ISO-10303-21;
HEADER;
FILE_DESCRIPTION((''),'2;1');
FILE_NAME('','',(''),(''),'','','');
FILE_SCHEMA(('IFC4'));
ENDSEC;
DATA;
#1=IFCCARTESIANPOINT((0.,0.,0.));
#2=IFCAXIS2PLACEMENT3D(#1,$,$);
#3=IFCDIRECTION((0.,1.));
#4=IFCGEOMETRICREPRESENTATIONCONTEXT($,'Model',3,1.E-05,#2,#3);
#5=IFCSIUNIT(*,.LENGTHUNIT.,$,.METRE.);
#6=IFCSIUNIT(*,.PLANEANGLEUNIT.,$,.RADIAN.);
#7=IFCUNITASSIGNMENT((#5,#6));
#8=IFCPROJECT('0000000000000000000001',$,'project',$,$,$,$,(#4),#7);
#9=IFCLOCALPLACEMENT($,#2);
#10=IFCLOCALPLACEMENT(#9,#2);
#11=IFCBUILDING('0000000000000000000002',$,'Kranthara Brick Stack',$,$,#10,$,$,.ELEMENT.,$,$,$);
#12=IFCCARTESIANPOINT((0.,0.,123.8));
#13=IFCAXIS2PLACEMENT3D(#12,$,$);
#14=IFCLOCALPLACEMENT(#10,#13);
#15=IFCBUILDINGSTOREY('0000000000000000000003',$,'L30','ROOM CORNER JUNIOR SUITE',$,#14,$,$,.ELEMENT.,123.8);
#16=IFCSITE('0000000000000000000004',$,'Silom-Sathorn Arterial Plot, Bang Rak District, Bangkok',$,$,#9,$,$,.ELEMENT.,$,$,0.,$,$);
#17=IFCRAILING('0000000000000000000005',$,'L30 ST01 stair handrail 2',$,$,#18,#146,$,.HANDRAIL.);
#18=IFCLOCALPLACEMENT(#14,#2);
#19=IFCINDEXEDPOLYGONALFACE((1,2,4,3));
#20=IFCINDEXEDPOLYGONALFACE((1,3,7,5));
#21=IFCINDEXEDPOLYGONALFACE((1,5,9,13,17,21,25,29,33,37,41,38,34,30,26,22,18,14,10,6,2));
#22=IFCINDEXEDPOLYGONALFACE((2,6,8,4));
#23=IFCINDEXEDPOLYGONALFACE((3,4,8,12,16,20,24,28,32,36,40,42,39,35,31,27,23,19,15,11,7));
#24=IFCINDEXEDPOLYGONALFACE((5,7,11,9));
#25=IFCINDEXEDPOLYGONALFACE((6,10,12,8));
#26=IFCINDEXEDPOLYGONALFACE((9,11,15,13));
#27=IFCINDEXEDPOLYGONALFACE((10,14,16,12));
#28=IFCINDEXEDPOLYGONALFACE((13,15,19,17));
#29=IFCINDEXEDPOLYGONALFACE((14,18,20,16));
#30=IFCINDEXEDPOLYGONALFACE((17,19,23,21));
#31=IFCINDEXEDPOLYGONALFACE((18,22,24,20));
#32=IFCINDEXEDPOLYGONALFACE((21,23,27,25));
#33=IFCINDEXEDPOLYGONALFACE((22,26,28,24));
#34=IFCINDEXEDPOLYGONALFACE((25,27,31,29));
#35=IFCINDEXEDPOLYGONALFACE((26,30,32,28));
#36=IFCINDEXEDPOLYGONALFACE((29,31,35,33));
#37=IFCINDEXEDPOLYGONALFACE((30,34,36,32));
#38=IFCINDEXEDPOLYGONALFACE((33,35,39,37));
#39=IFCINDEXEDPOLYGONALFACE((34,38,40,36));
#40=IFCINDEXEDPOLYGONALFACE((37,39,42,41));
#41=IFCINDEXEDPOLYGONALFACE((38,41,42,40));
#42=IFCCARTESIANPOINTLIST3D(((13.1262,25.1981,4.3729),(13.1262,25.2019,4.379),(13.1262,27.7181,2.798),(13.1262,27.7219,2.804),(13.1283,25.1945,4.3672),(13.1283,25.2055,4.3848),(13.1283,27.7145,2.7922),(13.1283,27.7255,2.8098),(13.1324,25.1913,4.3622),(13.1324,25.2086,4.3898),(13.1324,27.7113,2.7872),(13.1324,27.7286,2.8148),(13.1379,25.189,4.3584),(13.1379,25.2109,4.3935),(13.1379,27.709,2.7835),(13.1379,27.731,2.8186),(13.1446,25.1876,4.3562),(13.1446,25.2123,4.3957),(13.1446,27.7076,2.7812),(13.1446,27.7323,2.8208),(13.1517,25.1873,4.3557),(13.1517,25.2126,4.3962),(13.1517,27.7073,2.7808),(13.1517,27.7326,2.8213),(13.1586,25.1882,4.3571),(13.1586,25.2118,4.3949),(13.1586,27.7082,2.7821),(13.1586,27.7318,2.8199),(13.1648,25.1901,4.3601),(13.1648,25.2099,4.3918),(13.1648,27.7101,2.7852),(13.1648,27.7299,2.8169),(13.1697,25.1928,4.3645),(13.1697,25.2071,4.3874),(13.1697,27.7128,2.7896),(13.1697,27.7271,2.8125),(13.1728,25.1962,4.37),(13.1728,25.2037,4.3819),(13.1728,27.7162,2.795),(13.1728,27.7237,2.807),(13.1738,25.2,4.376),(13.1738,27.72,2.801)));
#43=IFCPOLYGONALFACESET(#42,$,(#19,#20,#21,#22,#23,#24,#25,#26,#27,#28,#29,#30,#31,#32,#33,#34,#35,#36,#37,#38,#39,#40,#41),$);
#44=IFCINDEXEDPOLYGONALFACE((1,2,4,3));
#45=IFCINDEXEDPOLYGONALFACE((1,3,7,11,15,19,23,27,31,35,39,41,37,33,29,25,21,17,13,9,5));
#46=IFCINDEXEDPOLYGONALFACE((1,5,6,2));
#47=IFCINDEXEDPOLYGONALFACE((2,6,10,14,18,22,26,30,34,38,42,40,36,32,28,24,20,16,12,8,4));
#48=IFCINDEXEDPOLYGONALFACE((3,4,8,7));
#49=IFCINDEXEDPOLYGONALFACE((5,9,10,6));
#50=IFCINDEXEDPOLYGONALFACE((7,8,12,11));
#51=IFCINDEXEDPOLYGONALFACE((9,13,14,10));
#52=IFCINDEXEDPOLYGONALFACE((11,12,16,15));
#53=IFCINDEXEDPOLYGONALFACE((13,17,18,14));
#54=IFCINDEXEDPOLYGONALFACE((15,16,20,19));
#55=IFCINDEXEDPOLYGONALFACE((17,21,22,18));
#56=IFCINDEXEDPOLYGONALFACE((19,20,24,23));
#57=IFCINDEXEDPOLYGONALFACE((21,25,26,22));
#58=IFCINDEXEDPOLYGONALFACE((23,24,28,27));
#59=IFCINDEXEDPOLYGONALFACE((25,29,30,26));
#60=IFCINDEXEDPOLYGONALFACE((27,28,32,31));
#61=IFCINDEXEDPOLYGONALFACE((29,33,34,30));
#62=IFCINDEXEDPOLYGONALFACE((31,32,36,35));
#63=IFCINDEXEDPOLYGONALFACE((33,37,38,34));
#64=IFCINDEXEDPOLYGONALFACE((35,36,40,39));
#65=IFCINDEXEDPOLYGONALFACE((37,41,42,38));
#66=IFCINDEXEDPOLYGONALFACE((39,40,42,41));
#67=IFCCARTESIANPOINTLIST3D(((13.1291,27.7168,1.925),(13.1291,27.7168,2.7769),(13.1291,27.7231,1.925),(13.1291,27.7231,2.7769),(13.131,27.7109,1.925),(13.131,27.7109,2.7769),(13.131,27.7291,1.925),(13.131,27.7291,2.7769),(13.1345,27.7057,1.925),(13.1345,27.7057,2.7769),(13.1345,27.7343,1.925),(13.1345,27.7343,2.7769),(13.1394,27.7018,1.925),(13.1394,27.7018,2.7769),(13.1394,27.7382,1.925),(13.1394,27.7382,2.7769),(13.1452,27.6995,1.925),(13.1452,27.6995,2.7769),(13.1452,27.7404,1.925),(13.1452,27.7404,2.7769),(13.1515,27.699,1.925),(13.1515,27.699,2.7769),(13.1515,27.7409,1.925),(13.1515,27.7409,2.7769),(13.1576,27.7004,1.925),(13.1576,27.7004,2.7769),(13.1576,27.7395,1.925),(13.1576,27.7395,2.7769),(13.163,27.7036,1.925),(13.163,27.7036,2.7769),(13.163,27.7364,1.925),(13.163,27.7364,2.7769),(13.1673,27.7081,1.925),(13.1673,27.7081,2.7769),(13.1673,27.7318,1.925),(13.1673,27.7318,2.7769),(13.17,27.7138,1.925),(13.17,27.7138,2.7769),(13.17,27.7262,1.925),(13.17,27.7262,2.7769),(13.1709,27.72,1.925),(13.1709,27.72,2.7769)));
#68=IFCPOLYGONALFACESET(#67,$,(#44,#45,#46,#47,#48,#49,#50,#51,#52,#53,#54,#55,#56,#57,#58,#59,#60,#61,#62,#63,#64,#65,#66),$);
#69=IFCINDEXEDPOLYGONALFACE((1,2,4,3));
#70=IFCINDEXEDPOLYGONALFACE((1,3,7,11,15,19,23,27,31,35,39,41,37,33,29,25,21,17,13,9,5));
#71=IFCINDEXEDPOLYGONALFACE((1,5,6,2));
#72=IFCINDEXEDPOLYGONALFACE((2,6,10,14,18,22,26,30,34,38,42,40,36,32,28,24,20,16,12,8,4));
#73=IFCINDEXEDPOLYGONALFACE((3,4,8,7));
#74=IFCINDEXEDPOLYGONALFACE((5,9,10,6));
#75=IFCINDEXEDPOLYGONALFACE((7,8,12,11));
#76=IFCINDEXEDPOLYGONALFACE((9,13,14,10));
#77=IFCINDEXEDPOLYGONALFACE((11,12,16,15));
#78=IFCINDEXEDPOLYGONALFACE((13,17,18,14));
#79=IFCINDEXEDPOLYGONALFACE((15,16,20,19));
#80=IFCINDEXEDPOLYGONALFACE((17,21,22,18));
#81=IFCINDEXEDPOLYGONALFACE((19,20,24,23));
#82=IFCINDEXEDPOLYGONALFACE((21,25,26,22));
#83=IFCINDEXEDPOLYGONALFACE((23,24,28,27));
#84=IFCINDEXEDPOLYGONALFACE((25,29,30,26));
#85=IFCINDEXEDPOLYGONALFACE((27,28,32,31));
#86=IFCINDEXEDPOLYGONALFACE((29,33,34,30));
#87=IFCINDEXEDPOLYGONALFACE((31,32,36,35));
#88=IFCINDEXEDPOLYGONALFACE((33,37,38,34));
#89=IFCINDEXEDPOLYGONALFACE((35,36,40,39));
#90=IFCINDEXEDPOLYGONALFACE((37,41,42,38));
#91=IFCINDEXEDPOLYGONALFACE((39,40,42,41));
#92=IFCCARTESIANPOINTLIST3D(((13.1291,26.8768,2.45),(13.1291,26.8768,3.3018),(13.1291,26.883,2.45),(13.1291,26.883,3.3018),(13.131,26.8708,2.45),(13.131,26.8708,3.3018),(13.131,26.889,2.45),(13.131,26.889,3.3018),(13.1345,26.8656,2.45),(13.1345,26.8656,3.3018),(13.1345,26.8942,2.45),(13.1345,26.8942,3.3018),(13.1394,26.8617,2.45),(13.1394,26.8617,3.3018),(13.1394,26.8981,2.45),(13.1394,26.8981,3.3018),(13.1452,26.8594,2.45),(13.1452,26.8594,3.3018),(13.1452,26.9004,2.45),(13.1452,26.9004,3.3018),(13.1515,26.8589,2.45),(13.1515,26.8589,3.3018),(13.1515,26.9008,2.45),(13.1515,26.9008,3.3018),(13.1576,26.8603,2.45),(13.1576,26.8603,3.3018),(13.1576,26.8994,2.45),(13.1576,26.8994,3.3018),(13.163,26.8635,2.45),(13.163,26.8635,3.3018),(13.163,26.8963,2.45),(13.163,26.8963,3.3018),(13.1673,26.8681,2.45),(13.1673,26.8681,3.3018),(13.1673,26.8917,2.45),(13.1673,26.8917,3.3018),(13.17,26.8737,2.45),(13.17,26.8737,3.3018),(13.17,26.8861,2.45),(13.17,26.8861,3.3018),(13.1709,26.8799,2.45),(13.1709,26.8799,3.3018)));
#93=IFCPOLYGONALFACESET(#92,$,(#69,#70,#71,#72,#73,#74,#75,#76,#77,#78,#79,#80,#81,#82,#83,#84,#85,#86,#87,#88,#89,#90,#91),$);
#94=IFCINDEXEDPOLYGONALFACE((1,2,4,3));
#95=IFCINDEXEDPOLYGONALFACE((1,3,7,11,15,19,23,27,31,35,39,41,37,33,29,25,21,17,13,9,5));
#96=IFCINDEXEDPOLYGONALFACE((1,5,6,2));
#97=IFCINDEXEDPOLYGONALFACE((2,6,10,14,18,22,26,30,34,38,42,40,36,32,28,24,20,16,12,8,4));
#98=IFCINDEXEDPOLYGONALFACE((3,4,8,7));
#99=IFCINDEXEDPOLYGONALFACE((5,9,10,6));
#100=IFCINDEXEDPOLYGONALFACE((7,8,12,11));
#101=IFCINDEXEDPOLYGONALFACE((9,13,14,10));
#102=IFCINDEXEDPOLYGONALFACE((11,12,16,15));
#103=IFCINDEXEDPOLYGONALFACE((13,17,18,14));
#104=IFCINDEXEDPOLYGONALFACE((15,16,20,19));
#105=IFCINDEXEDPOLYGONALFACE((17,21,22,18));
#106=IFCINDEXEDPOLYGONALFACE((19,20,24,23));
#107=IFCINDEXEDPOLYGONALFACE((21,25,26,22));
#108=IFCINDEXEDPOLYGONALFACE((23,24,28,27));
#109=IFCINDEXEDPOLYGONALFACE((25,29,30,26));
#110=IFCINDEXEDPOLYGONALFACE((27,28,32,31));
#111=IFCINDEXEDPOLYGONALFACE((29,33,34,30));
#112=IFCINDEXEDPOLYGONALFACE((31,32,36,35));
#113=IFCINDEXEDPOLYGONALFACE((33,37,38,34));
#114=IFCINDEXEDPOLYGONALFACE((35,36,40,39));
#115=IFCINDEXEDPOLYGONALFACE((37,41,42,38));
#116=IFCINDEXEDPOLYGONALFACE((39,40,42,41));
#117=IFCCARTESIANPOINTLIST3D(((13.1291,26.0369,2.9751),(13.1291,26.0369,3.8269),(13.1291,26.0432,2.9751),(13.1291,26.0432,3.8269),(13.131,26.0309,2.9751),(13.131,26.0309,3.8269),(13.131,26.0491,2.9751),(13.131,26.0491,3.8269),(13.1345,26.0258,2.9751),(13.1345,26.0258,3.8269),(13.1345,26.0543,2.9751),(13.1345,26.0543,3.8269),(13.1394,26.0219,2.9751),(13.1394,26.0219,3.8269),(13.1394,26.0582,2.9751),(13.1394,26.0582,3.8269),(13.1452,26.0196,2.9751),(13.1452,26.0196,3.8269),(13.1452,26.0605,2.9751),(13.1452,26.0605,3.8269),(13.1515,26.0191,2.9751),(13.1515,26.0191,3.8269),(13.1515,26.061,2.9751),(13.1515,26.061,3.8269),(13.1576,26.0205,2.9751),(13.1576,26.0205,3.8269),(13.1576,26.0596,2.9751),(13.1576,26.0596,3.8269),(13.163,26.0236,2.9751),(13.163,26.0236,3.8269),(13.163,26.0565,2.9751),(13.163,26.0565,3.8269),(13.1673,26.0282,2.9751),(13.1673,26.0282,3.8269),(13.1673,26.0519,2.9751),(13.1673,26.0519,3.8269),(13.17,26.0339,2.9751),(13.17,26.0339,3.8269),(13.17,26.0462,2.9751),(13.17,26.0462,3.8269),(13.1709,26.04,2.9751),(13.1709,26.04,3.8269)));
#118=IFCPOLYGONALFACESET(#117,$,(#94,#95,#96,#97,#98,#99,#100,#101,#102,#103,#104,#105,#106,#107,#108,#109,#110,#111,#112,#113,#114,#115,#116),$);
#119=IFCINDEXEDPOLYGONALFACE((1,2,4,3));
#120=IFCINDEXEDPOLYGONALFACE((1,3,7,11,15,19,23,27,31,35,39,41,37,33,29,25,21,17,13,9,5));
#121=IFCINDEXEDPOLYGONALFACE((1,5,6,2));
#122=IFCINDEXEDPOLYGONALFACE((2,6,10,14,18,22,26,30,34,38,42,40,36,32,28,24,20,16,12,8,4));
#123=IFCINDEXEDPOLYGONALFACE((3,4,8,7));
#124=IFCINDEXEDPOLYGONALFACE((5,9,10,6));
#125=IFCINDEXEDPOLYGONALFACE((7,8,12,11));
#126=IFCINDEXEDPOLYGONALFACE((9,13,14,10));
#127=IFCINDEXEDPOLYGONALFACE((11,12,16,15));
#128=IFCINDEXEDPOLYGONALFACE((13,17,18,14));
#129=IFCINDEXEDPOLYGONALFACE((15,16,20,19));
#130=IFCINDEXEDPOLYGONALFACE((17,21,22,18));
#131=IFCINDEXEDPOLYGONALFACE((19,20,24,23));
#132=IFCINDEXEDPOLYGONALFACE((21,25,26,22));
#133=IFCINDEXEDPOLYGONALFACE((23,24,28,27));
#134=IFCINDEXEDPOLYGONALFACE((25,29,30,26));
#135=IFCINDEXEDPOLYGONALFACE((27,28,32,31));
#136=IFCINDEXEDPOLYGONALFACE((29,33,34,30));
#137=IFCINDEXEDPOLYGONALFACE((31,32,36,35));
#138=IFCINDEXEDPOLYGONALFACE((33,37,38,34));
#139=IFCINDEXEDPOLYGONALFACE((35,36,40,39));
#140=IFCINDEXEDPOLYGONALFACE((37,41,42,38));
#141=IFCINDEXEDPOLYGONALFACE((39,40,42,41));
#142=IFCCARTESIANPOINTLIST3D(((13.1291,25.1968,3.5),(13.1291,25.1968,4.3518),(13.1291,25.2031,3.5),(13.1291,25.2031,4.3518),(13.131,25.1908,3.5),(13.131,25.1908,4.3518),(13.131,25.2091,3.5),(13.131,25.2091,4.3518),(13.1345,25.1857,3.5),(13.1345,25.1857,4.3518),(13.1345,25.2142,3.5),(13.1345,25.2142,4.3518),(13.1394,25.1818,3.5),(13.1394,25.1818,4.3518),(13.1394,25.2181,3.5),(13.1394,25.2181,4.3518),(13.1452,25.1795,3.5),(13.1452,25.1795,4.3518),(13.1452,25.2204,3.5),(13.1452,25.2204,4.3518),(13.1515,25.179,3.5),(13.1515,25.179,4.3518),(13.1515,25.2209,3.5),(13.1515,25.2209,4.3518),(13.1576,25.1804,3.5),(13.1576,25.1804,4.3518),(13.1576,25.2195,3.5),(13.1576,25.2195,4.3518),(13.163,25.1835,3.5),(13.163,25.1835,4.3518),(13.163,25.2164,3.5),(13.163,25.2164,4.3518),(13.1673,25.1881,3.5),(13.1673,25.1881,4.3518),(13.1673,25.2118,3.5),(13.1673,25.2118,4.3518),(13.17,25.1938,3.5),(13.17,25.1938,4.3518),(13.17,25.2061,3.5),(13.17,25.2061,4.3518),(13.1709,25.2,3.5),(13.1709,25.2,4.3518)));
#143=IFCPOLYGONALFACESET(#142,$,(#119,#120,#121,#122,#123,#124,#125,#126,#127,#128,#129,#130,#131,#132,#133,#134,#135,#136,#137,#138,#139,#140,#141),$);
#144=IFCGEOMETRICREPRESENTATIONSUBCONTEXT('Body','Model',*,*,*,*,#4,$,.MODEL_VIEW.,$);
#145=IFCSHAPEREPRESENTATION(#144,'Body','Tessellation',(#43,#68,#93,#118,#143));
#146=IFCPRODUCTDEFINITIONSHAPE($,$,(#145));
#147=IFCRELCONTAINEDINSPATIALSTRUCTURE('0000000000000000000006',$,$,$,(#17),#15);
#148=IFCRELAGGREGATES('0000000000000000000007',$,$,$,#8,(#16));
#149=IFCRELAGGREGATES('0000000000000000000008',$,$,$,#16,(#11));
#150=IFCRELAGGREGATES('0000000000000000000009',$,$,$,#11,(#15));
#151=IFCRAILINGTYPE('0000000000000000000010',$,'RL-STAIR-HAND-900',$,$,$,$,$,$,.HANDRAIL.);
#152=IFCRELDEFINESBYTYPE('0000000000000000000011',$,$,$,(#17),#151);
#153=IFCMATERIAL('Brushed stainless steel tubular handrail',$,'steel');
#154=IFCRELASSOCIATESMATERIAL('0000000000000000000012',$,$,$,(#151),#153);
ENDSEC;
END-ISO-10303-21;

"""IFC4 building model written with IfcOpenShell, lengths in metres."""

from ifc_helpers import new_model, si_unit, direction, frame, origin, origin_2d, place, context, subcontext, project, spatial, circle, extrude, material, type_object, element, save


model = new_model("IFC4")

# Units and contexts
model_context = context("Model", 3, precision=1e-05, world=origin(), true_north=direction((0.0, 1.0)))
body_context = subcontext(model_context, "Body", "Model", "MODEL_VIEW")
ifc_project = project(units=[si_unit("LENGTHUNIT", "METRE"), si_unit("PLANEANGLEUNIT", "RADIAN")], contexts=[model_context])

# Site, building, storey
site_placement = place(None, origin())
site = spatial("IfcSite", under=ifc_project, at=site_placement, Name="Silom-Sathorn Arterial Plot, Bang Rak District, Bangkok", CompositionType="ELEMENT", RefElevation=0.0)
building_placement = place(site_placement, origin())
building = spatial("IfcBuilding", under=site, at=building_placement, Name="Kranthara Brick Stack", CompositionType="ELEMENT")
storey_placement = place(building_placement, frame((0.0, 0.0, 123.8)))
storey = spatial("IfcBuildingStorey", under=building, at=storey_placement, Name="L30", Description="ROOM CORNER JUNIOR SUITE", CompositionType="ELEMENT", Elevation=123.8)

# Railing
ifc_material_1 = material(Name="Brushed stainless steel tubular handrail", Category="steel")
railing_type_1 = type_object("IfcRailingType", Name="RL-STAIR-HAND-900", PredefinedType="HANDRAIL", material=ifc_material_1)
railing_1_placement = place(storey_placement, frame((13.1499, 27.72, 1.925)))
element("IfcRailing", 1, at=railing_1_placement, inside=storey, type_object=railing_type_1, Name="L30 ST01 stair handrail 2", PredefinedType="HANDRAIL", context=body_context, shape_type="SweptSolid", body=[
    extrude(circle(Radius=0.0239, at=origin_2d()), frame((0.0, 0.0, 0.876), z_axis=(0.0, -0.848008, 0.529984), x_axis=(1.0, 0.0, 0.0)), (0.0, 0.0, 1.0), 2.9717),
    extrude(circle(Radius=0.021, at=origin_2d()), origin(), (0.0, 0.0, 1.0), 0.8518),
    extrude(circle(Radius=0.021, at=origin_2d()), frame((0.0, -0.8401, 0.5249)), (0.0, 0.0, 1.0), 0.8518),
    extrude(circle(Radius=0.021, at=origin_2d()), frame((0.0, -1.6799, 1.05)), (0.0, 0.0, 1.0), 0.8518),
    extrude(circle(Radius=0.021, at=origin_2d()), frame((0.0, -2.52, 1.575)), (0.0, 0.0, 1.0), 0.8518),
])

save(model, "model.ifc")
